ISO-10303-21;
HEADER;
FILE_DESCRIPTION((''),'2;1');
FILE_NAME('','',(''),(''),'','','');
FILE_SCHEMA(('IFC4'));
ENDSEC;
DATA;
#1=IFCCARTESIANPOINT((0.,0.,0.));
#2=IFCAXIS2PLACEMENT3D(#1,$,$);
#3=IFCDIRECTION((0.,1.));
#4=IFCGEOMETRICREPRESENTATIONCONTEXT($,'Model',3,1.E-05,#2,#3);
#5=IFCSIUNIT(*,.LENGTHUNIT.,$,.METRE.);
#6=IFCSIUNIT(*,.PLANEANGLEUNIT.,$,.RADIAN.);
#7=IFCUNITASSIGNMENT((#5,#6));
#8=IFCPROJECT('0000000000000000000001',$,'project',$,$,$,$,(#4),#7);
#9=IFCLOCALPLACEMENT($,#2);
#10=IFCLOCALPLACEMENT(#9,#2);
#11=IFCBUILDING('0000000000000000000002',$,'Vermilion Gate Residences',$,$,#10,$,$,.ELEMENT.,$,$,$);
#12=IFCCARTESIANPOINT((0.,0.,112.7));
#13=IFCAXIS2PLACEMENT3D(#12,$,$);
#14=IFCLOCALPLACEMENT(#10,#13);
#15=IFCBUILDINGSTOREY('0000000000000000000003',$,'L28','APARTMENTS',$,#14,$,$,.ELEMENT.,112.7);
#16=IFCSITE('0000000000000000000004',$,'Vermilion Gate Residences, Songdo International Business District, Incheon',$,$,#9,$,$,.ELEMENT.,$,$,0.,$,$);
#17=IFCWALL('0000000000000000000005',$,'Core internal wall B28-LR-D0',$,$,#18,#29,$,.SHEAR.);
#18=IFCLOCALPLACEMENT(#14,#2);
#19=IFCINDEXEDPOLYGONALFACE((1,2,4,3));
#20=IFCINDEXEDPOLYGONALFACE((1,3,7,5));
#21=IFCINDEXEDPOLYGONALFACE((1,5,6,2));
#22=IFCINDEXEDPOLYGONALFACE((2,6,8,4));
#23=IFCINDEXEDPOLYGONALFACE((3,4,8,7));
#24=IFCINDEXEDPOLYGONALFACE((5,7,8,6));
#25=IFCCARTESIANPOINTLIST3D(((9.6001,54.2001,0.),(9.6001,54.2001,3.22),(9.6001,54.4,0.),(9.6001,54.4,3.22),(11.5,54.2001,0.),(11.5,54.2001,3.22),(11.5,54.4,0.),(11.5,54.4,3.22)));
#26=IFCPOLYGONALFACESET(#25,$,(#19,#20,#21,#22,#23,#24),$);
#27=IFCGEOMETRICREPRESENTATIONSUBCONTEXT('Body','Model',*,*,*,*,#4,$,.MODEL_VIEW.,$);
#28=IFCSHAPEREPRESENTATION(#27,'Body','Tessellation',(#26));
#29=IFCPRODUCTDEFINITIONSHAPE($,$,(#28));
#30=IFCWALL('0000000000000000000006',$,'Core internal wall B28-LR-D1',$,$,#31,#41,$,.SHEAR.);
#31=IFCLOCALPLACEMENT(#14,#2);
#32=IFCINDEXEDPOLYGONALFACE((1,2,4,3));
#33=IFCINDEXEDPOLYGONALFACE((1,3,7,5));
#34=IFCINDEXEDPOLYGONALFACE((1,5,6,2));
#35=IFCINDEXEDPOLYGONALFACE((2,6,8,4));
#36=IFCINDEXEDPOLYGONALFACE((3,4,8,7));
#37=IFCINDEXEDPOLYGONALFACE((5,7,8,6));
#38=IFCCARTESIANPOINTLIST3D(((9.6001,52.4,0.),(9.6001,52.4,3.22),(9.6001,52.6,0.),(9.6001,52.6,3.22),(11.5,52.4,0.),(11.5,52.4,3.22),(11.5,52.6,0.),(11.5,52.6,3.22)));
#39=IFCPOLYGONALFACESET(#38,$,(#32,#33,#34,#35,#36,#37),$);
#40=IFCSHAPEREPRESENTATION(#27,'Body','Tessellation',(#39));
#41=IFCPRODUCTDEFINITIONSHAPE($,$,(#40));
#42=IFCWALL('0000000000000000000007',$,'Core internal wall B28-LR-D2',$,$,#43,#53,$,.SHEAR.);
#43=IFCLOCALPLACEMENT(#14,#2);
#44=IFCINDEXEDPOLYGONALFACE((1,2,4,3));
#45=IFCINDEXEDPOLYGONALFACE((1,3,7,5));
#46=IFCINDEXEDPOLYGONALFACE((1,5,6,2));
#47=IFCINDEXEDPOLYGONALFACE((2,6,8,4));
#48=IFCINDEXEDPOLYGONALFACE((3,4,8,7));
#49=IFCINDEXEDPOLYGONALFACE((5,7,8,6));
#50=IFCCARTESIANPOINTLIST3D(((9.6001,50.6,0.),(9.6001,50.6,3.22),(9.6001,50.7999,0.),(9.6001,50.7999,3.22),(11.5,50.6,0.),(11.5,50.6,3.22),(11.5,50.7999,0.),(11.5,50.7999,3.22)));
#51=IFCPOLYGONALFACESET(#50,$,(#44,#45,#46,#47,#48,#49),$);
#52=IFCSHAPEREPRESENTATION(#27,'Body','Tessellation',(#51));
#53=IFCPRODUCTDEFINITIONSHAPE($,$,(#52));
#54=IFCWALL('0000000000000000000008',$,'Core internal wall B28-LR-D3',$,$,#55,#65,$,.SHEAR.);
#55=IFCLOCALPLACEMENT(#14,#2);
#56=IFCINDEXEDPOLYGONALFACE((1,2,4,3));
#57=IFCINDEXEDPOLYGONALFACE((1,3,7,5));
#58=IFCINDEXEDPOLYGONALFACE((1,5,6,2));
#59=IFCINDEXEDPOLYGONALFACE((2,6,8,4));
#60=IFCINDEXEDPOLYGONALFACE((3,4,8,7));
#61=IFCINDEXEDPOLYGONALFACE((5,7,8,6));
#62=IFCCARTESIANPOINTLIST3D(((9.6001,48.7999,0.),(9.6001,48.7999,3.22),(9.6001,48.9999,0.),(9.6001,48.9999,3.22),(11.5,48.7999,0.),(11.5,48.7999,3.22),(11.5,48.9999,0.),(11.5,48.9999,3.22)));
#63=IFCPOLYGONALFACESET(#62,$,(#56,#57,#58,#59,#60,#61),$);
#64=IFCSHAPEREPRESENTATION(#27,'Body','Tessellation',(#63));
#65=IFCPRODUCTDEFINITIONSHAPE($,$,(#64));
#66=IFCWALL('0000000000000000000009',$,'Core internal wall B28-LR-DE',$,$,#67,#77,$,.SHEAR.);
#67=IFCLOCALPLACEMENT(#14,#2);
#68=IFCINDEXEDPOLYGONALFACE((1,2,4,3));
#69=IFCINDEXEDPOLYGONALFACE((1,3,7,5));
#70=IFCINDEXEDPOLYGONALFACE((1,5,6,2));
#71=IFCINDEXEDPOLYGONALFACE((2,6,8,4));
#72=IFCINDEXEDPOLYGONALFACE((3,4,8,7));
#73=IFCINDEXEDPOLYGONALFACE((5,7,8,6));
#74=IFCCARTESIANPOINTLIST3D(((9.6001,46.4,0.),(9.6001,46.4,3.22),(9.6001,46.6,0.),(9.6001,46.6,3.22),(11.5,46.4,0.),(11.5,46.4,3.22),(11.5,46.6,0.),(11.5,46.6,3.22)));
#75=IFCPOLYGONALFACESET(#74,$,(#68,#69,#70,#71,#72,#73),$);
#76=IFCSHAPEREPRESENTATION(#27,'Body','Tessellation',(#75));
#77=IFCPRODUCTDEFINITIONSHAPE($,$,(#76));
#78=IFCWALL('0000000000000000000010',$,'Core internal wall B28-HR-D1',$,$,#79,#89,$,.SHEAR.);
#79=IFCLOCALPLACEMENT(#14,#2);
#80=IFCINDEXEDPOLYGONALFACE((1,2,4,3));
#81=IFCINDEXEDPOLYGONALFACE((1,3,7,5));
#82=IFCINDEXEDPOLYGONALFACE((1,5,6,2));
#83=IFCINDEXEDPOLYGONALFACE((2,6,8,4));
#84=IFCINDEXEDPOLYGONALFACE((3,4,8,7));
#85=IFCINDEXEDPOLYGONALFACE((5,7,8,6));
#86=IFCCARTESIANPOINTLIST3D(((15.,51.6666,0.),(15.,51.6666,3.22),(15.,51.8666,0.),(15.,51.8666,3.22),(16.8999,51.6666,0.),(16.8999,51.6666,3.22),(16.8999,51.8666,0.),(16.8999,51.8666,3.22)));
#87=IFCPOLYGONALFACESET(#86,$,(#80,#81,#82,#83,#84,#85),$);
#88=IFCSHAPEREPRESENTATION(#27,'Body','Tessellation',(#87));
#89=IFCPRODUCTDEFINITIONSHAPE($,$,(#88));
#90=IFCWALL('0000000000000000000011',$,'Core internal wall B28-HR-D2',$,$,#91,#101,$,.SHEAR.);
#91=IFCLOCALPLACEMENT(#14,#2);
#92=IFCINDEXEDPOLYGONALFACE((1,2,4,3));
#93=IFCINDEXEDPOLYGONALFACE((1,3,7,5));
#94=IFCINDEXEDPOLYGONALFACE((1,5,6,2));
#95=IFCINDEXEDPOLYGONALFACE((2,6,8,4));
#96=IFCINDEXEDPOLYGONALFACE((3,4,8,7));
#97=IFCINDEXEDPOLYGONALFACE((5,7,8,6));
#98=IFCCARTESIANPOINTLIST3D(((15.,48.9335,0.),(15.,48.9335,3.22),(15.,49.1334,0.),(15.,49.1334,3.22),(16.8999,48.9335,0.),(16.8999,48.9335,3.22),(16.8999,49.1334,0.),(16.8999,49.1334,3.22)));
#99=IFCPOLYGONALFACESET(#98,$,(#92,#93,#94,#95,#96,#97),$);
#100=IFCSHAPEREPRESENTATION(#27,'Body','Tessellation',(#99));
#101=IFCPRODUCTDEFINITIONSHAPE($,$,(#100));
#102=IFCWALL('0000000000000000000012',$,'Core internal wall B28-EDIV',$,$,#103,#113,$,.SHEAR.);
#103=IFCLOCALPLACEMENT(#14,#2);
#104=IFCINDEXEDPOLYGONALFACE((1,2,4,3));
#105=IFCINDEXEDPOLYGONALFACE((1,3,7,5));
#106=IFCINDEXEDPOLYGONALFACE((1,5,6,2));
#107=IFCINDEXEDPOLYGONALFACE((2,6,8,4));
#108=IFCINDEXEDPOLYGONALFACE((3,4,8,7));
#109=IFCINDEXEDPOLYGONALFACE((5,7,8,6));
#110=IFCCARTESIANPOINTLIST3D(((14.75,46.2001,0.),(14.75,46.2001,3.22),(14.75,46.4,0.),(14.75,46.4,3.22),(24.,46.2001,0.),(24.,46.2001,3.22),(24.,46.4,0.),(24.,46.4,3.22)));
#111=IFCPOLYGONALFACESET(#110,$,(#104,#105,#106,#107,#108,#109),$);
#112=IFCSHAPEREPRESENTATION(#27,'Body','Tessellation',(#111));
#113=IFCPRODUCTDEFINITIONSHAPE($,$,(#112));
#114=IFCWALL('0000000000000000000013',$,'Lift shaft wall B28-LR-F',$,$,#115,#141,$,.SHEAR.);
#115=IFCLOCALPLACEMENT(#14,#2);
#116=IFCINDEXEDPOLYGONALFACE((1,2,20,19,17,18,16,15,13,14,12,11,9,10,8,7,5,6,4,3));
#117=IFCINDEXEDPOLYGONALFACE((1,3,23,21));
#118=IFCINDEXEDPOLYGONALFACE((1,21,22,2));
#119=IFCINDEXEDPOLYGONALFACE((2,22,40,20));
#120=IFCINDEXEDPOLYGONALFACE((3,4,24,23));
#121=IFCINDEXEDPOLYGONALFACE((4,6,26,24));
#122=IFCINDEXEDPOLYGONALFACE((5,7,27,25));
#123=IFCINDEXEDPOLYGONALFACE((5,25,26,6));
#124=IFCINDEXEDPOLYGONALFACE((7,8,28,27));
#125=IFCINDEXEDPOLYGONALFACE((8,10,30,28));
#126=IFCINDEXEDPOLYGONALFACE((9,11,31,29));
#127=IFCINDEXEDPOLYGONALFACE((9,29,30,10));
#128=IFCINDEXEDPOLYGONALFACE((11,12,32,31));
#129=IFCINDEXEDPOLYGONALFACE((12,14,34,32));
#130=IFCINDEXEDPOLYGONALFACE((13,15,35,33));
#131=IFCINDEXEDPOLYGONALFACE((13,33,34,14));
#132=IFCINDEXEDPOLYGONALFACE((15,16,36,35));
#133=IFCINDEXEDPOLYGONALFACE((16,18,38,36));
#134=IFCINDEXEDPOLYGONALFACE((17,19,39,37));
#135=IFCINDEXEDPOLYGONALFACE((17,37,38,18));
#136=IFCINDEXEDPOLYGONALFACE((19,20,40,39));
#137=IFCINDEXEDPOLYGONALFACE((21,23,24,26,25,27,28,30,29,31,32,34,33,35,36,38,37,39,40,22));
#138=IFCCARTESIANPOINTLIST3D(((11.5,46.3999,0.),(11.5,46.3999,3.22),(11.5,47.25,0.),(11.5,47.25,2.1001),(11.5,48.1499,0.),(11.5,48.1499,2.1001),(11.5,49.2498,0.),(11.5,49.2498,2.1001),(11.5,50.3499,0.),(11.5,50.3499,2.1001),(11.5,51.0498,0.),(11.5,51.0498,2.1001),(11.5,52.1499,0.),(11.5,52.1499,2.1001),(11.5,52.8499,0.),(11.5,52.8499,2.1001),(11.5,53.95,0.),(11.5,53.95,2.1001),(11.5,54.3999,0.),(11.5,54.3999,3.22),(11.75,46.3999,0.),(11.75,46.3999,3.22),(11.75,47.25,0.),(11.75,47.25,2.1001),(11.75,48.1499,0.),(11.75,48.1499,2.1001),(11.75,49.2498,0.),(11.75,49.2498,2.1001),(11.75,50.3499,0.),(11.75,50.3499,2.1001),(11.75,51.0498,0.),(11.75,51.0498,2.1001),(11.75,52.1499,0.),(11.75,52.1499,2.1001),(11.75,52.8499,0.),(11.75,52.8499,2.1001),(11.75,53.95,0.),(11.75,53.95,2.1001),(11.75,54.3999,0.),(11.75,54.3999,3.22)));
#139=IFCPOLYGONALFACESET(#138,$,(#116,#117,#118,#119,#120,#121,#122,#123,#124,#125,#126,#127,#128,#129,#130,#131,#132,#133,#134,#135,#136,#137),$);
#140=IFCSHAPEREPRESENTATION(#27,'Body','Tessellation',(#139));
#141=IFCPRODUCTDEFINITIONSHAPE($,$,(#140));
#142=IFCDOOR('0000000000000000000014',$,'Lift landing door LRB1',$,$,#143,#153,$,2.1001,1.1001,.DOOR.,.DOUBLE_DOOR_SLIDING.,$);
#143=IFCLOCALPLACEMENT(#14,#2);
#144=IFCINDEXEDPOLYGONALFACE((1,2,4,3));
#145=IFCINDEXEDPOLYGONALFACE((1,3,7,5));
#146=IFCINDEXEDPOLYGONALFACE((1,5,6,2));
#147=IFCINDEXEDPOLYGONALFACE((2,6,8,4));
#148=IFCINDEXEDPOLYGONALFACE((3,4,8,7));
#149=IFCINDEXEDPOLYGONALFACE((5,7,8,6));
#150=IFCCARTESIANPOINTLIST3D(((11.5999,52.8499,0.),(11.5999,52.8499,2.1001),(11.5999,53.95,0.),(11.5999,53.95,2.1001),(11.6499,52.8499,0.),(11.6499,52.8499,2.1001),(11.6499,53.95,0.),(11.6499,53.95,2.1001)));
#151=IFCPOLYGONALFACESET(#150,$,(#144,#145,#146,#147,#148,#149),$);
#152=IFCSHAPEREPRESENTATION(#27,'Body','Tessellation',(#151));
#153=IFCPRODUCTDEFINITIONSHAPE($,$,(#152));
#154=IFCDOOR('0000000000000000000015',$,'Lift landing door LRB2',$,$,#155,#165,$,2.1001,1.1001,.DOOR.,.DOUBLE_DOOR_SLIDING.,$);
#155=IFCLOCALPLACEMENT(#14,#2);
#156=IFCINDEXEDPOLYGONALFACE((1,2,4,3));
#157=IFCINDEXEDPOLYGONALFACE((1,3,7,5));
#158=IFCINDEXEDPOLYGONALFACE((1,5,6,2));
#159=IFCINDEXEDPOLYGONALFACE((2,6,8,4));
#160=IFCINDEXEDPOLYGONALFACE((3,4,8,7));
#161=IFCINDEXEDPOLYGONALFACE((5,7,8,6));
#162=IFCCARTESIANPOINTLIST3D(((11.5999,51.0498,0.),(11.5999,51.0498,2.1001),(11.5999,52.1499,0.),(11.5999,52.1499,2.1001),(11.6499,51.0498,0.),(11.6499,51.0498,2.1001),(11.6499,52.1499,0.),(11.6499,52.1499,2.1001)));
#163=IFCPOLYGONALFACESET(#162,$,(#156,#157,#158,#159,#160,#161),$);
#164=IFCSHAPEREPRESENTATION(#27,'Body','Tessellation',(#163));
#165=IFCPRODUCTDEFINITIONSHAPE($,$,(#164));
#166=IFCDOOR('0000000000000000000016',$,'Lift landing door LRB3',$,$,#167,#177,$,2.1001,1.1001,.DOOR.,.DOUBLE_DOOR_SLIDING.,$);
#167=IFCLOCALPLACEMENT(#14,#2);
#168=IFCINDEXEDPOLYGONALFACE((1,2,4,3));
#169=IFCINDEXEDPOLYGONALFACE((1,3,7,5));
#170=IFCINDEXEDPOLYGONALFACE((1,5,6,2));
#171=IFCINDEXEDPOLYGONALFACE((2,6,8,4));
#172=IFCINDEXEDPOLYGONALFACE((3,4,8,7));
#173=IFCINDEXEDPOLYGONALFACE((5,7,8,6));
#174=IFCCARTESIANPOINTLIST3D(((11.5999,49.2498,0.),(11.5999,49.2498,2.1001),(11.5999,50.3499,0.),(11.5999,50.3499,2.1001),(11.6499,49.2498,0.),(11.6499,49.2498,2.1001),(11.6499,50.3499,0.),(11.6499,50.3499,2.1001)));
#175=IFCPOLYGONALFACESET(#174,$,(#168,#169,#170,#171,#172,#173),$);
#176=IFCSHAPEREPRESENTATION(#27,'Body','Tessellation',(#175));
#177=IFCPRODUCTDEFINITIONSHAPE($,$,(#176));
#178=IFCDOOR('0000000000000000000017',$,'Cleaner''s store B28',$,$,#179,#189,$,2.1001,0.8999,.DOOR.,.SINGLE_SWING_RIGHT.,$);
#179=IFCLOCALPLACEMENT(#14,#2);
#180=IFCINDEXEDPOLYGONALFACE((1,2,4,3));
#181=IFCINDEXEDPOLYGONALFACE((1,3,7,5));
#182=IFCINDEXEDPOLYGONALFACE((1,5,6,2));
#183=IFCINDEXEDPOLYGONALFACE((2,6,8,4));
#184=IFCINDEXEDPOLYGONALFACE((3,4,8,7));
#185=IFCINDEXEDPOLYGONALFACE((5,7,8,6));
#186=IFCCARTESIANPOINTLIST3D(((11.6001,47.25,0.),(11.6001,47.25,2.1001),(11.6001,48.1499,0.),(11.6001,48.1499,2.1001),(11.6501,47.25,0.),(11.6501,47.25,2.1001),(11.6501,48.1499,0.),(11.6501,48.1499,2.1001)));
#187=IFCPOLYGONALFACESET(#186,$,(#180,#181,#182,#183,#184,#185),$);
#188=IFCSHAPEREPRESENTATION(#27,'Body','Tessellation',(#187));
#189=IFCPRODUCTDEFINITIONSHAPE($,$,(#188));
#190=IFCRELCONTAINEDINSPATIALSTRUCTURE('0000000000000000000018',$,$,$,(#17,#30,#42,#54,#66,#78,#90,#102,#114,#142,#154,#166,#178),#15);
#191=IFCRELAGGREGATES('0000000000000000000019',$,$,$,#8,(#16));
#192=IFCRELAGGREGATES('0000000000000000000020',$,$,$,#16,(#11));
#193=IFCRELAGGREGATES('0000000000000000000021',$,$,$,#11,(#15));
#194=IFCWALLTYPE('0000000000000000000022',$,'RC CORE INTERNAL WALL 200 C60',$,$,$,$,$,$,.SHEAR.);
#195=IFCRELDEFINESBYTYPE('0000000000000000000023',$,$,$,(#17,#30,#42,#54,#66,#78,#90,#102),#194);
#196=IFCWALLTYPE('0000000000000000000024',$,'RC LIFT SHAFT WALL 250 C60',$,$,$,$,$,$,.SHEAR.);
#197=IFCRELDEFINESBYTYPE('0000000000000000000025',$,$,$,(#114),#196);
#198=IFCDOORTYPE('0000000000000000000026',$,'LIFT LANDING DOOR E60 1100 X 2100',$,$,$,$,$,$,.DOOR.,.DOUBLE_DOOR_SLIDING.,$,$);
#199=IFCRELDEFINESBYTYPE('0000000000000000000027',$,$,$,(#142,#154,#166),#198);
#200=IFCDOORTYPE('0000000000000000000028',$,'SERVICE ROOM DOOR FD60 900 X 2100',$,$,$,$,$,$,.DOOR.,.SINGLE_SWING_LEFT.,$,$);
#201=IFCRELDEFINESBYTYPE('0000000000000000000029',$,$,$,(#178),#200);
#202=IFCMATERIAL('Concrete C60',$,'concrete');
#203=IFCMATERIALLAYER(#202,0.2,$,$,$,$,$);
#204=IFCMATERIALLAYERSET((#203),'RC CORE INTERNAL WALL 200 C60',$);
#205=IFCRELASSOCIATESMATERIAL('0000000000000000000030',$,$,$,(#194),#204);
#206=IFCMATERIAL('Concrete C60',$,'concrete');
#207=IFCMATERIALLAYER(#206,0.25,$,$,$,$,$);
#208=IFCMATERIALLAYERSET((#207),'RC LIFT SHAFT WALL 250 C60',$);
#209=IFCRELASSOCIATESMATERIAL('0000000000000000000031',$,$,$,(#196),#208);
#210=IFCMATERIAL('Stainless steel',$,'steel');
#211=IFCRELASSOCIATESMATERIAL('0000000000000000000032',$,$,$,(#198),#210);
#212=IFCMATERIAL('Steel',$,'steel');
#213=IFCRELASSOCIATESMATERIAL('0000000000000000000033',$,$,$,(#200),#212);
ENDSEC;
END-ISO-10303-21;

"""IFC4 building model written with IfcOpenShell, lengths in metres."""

from ifc_helpers import new_model, si_unit, direction, frame, frame_2d, origin, place, context, subcontext, project, spatial, rectangle, extrude, material, layer, layer_set, type_object, element, fill, save


model = new_model("IFC4")

# Units and contexts
model_context = context("Model", 3, precision=1e-05, world=origin(), true_north=direction((0.0, 1.0)))
body_context = subcontext(model_context, "Body", "Model", "MODEL_VIEW")
ifc_project = project(units=[si_unit("LENGTHUNIT", "METRE"), si_unit("PLANEANGLEUNIT", "RADIAN")], contexts=[model_context])

# Site, building, storey
site_placement = place(None, origin())
site = spatial("IfcSite", under=ifc_project, at=site_placement, Name="Vermilion Gate Residences, Songdo International Business District, Incheon", CompositionType="ELEMENT", RefElevation=0.0)
building_placement = place(site_placement, origin())
building = spatial("IfcBuilding", under=site, at=building_placement, Name="Vermilion Gate Residences", CompositionType="ELEMENT")
storey_placement = place(building_placement, frame((0.0, 0.0, 112.7)))
storey = spatial("IfcBuildingStorey", under=building, at=storey_placement, Name="L28", Description="APARTMENTS", CompositionType="ELEMENT", Elevation=112.7)

# Walls
ifc_material_1 = material(Name="Concrete C60", Category="concrete")
ifc_layer_1 = layer(ifc_material_1, 0.2)
ifc_layer_set_1 = layer_set([ifc_layer_1], Name="RC CORE INTERNAL WALL 200 C60")
wall_type_1 = type_object("IfcWallType", Name="RC CORE INTERNAL WALL 200 C60", PredefinedType="SHEAR", material=ifc_layer_set_1)
for number, where, z_axis, x_axis, name in (
    (1, (9.6001, 54.3, 0.0), (0.0, 0.0, 1.0), (1.0, 0.0, 0.0), "Core internal wall B28-LR-D0"),
    (2, (9.6001, 52.5, 0.0), (0.0, 0.0, 1.0), (1.0, 0.0, 0.0), "Core internal wall B28-LR-D1"),
    (3, (9.6001, 50.7, 0.0), (0.0, 0.0, 1.0), (1.0, 0.0, 0.0), "Core internal wall B28-LR-D2"),
    (4, (9.6001, 48.8999, 0.0), (0.0, 0.0, 1.0), (1.0, 0.0, 0.0), "Core internal wall B28-LR-D3"),
    (5, (9.6001, 46.5, 0.0), (0.0, 0.0, 1.0), (1.0, 0.0, 0.0), "Core internal wall B28-LR-DE"),
    (6, (15.0, 51.7666, 0.0), (0.0, 0.0, 1.0), (1.0, 0.0, 0.0), "Core internal wall B28-HR-D1"),
    (7, (15.0, 49.0334, 0.0), (0.0, 0.0, 1.0), (1.0, 0.0, 0.0), "Core internal wall B28-HR-D2"),
):
    element("IfcWall", number, at=place(storey_placement, frame(where, z_axis=z_axis, x_axis=x_axis)), inside=storey, type_object=wall_type_1, Name=name, PredefinedType="SHEAR", context=body_context, shape_type="SweptSolid", body=[
        extrude(rectangle(XDim=1.8999, YDim=0.2, at=frame_2d((0.95, 0.0))), origin(), (0.0, 0.0, 1.0), 3.22),
    ])
wall_1_placement = place(storey_placement, frame((14.75, 46.3, 0.0), z_axis=(0.0, 0.0, 1.0), x_axis=(1.0, 0.0, 0.0)))
element("IfcWall", 8, at=wall_1_placement, inside=storey, type_object=wall_type_1, Name="Core internal wall B28-EDIV", PredefinedType="SHEAR", context=body_context, shape_type="SweptSolid", body=[
    extrude(rectangle(XDim=9.25, YDim=0.2, at=frame_2d((4.625, 0.0))), origin(), (0.0, 0.0, 1.0), 3.22),
])

# Wall, openings, doors
ifc_material_2 = material(Name="Concrete C60", Category="concrete")
ifc_layer_2 = layer(ifc_material_2, 0.25)
ifc_layer_set_2 = layer_set([ifc_layer_2], Name="RC LIFT SHAFT WALL 250 C60")
wall_type_2 = type_object("IfcWallType", Name="RC LIFT SHAFT WALL 250 C60", PredefinedType="SHEAR", material=ifc_layer_set_2)
wall_2_placement = place(storey_placement, frame((11.625, 54.3999, 0.0), z_axis=(0.0, 0.0, 1.0), x_axis=(0.0, -1.0, 0.0)))
wall_2 = element("IfcWall", 9, at=wall_2_placement, inside=storey, type_object=wall_type_2, Name="Lift shaft wall B28-LR-F", PredefinedType="SHEAR", context=body_context, shape_type="SweptSolid", body=[
    extrude(rectangle(XDim=8.0, YDim=0.25, at=frame_2d((4.0, 0.0))), origin(), (0.0, 0.0, 1.0), 3.22),
])
opening_1_placement = place(wall_2_placement, frame((0.45, 0.0, 0.0)))
opening_1 = element("IfcOpeningElement", 10, at=opening_1_placement, cuts=wall_2, PredefinedType="OPENING", context=body_context, shape_type="SweptSolid", body=[
    extrude(rectangle(XDim=1.1001, YDim=2.1001, at=frame_2d((0.55, 1.05))), frame((0.0, 0.135, 0.0), z_axis=(0.0, -1.0, 0.0), x_axis=(1.0, 0.0, 0.0)), (0.0, 0.0, 1.0), 0.27),
])
opening_2_placement = place(wall_2_placement, frame((2.25, 0.0, 0.0)))
opening_2 = element("IfcOpeningElement", 11, at=opening_2_placement, cuts=wall_2, PredefinedType="OPENING", context=body_context, shape_type="SweptSolid", body=[
    extrude(rectangle(XDim=1.1001, YDim=2.1001, at=frame_2d((0.55, 1.05))), frame((0.0, 0.135, 0.0), z_axis=(0.0, -1.0, 0.0), x_axis=(1.0, 0.0, 0.0)), (0.0, 0.0, 1.0), 0.27),
])
opening_3_placement = place(wall_2_placement, frame((4.05, 0.0, 0.0)))
opening_3 = element("IfcOpeningElement", 12, at=opening_3_placement, cuts=wall_2, PredefinedType="OPENING", context=body_context, shape_type="SweptSolid", body=[
    extrude(rectangle(XDim=1.1001, YDim=2.1001, at=frame_2d((0.55, 1.05))), frame((0.0, 0.135, 0.0), z_axis=(0.0, -1.0, 0.0), x_axis=(1.0, 0.0, 0.0)), (0.0, 0.0, 1.0), 0.27),
])
opening_4_placement = place(wall_2_placement, frame((6.25, 0.0, 0.0)))
opening_4 = element("IfcOpeningElement", 13, at=opening_4_placement, cuts=wall_2, PredefinedType="OPENING", context=body_context, shape_type="SweptSolid", body=[
    extrude(rectangle(XDim=0.8999, YDim=2.1001, at=frame_2d((0.45, 1.05))), frame((0.0, 0.135, 0.0), z_axis=(0.0, -1.0, 0.0), x_axis=(1.0, 0.0, 0.0)), (0.0, 0.0, 1.0), 0.27),
])
ifc_material_3 = material(Name="Stainless steel", Category="steel")
door_type_1 = type_object("IfcDoorType", Name="LIFT LANDING DOOR E60 1100 X 2100", OperationType="DOUBLE_DOOR_SLIDING", PredefinedType="DOOR", material=ifc_material_3)
door_1_placement = place(opening_1_placement, origin())
door_1 = element("IfcDoor", 14, at=door_1_placement, inside=storey, type_object=door_type_1, Name="Lift landing door LRB1", OperationType="DOUBLE_DOOR_SLIDING", OverallHeight=2.1001, OverallWidth=1.1001, PredefinedType="DOOR", context=body_context, shape_type="SweptSolid", body=[
    extrude(rectangle(XDim=1.1001, YDim=2.1001, at=frame_2d((0.55, 1.05))), frame((0.0, 0.0249, 0.0), z_axis=(0.0, -1.0, 0.0), x_axis=(1.0, 0.0, 0.0)), (0.0, 0.0, 1.0), 0.05),
])
fill(opening_1, door_1)
door_2_placement = place(opening_2_placement, origin())
door_2 = element("IfcDoor", 15, at=door_2_placement, inside=storey, type_object=door_type_1, Name="Lift landing door LRB2", OperationType="DOUBLE_DOOR_SLIDING", OverallHeight=2.1001, OverallWidth=1.1001, PredefinedType="DOOR", context=body_context, shape_type="SweptSolid", body=[
    extrude(rectangle(XDim=1.1001, YDim=2.1001, at=frame_2d((0.55, 1.05))), frame((0.0, 0.0249, 0.0), z_axis=(0.0, -1.0, 0.0), x_axis=(1.0, 0.0, 0.0)), (0.0, 0.0, 1.0), 0.05),
])
fill(opening_2, door_2)
door_3_placement = place(opening_3_placement, origin())
door_3 = element("IfcDoor", 16, at=door_3_placement, inside=storey, type_object=door_type_1, Name="Lift landing door LRB3", OperationType="DOUBLE_DOOR_SLIDING", OverallHeight=2.1001, OverallWidth=1.1001, PredefinedType="DOOR", context=body_context, shape_type="SweptSolid", body=[
    extrude(rectangle(XDim=1.1001, YDim=2.1001, at=frame_2d((0.55, 1.05))), frame((0.0, 0.0249, 0.0), z_axis=(0.0, -1.0, 0.0), x_axis=(1.0, 0.0, 0.0)), (0.0, 0.0, 1.0), 0.05),
])
fill(opening_3, door_3)
ifc_material_4 = material(Name="Steel", Category="steel")
door_type_2 = type_object("IfcDoorType", Name="SERVICE ROOM DOOR FD60 900 X 2100", OperationType="SINGLE_SWING_LEFT", PredefinedType="DOOR", material=ifc_material_4)
door_4_placement = place(opening_4_placement, frame((0.8999, 0.0, 0.0), z_axis=(0.0, 0.0, 1.0), x_axis=(-1.0, 0.0, 0.0)))
door_4 = element("IfcDoor", 17, at=door_4_placement, inside=storey, type_object=door_type_2, Name="Cleaner's store B28", OperationType="SINGLE_SWING_RIGHT", OverallHeight=2.1001, OverallWidth=0.8999, PredefinedType="DOOR", context=body_context, shape_type="SweptSolid", body=[
    extrude(rectangle(XDim=0.8999, YDim=2.1001, at=frame_2d((0.45, 1.05))), frame((0.0, 0.0249, 0.0), z_axis=(0.0, -1.0, 0.0), x_axis=(1.0, 0.0, 0.0)), (0.0, 0.0, 1.0), 0.05),
])
fill(opening_4, door_4)

save(model, "model.ifc")
